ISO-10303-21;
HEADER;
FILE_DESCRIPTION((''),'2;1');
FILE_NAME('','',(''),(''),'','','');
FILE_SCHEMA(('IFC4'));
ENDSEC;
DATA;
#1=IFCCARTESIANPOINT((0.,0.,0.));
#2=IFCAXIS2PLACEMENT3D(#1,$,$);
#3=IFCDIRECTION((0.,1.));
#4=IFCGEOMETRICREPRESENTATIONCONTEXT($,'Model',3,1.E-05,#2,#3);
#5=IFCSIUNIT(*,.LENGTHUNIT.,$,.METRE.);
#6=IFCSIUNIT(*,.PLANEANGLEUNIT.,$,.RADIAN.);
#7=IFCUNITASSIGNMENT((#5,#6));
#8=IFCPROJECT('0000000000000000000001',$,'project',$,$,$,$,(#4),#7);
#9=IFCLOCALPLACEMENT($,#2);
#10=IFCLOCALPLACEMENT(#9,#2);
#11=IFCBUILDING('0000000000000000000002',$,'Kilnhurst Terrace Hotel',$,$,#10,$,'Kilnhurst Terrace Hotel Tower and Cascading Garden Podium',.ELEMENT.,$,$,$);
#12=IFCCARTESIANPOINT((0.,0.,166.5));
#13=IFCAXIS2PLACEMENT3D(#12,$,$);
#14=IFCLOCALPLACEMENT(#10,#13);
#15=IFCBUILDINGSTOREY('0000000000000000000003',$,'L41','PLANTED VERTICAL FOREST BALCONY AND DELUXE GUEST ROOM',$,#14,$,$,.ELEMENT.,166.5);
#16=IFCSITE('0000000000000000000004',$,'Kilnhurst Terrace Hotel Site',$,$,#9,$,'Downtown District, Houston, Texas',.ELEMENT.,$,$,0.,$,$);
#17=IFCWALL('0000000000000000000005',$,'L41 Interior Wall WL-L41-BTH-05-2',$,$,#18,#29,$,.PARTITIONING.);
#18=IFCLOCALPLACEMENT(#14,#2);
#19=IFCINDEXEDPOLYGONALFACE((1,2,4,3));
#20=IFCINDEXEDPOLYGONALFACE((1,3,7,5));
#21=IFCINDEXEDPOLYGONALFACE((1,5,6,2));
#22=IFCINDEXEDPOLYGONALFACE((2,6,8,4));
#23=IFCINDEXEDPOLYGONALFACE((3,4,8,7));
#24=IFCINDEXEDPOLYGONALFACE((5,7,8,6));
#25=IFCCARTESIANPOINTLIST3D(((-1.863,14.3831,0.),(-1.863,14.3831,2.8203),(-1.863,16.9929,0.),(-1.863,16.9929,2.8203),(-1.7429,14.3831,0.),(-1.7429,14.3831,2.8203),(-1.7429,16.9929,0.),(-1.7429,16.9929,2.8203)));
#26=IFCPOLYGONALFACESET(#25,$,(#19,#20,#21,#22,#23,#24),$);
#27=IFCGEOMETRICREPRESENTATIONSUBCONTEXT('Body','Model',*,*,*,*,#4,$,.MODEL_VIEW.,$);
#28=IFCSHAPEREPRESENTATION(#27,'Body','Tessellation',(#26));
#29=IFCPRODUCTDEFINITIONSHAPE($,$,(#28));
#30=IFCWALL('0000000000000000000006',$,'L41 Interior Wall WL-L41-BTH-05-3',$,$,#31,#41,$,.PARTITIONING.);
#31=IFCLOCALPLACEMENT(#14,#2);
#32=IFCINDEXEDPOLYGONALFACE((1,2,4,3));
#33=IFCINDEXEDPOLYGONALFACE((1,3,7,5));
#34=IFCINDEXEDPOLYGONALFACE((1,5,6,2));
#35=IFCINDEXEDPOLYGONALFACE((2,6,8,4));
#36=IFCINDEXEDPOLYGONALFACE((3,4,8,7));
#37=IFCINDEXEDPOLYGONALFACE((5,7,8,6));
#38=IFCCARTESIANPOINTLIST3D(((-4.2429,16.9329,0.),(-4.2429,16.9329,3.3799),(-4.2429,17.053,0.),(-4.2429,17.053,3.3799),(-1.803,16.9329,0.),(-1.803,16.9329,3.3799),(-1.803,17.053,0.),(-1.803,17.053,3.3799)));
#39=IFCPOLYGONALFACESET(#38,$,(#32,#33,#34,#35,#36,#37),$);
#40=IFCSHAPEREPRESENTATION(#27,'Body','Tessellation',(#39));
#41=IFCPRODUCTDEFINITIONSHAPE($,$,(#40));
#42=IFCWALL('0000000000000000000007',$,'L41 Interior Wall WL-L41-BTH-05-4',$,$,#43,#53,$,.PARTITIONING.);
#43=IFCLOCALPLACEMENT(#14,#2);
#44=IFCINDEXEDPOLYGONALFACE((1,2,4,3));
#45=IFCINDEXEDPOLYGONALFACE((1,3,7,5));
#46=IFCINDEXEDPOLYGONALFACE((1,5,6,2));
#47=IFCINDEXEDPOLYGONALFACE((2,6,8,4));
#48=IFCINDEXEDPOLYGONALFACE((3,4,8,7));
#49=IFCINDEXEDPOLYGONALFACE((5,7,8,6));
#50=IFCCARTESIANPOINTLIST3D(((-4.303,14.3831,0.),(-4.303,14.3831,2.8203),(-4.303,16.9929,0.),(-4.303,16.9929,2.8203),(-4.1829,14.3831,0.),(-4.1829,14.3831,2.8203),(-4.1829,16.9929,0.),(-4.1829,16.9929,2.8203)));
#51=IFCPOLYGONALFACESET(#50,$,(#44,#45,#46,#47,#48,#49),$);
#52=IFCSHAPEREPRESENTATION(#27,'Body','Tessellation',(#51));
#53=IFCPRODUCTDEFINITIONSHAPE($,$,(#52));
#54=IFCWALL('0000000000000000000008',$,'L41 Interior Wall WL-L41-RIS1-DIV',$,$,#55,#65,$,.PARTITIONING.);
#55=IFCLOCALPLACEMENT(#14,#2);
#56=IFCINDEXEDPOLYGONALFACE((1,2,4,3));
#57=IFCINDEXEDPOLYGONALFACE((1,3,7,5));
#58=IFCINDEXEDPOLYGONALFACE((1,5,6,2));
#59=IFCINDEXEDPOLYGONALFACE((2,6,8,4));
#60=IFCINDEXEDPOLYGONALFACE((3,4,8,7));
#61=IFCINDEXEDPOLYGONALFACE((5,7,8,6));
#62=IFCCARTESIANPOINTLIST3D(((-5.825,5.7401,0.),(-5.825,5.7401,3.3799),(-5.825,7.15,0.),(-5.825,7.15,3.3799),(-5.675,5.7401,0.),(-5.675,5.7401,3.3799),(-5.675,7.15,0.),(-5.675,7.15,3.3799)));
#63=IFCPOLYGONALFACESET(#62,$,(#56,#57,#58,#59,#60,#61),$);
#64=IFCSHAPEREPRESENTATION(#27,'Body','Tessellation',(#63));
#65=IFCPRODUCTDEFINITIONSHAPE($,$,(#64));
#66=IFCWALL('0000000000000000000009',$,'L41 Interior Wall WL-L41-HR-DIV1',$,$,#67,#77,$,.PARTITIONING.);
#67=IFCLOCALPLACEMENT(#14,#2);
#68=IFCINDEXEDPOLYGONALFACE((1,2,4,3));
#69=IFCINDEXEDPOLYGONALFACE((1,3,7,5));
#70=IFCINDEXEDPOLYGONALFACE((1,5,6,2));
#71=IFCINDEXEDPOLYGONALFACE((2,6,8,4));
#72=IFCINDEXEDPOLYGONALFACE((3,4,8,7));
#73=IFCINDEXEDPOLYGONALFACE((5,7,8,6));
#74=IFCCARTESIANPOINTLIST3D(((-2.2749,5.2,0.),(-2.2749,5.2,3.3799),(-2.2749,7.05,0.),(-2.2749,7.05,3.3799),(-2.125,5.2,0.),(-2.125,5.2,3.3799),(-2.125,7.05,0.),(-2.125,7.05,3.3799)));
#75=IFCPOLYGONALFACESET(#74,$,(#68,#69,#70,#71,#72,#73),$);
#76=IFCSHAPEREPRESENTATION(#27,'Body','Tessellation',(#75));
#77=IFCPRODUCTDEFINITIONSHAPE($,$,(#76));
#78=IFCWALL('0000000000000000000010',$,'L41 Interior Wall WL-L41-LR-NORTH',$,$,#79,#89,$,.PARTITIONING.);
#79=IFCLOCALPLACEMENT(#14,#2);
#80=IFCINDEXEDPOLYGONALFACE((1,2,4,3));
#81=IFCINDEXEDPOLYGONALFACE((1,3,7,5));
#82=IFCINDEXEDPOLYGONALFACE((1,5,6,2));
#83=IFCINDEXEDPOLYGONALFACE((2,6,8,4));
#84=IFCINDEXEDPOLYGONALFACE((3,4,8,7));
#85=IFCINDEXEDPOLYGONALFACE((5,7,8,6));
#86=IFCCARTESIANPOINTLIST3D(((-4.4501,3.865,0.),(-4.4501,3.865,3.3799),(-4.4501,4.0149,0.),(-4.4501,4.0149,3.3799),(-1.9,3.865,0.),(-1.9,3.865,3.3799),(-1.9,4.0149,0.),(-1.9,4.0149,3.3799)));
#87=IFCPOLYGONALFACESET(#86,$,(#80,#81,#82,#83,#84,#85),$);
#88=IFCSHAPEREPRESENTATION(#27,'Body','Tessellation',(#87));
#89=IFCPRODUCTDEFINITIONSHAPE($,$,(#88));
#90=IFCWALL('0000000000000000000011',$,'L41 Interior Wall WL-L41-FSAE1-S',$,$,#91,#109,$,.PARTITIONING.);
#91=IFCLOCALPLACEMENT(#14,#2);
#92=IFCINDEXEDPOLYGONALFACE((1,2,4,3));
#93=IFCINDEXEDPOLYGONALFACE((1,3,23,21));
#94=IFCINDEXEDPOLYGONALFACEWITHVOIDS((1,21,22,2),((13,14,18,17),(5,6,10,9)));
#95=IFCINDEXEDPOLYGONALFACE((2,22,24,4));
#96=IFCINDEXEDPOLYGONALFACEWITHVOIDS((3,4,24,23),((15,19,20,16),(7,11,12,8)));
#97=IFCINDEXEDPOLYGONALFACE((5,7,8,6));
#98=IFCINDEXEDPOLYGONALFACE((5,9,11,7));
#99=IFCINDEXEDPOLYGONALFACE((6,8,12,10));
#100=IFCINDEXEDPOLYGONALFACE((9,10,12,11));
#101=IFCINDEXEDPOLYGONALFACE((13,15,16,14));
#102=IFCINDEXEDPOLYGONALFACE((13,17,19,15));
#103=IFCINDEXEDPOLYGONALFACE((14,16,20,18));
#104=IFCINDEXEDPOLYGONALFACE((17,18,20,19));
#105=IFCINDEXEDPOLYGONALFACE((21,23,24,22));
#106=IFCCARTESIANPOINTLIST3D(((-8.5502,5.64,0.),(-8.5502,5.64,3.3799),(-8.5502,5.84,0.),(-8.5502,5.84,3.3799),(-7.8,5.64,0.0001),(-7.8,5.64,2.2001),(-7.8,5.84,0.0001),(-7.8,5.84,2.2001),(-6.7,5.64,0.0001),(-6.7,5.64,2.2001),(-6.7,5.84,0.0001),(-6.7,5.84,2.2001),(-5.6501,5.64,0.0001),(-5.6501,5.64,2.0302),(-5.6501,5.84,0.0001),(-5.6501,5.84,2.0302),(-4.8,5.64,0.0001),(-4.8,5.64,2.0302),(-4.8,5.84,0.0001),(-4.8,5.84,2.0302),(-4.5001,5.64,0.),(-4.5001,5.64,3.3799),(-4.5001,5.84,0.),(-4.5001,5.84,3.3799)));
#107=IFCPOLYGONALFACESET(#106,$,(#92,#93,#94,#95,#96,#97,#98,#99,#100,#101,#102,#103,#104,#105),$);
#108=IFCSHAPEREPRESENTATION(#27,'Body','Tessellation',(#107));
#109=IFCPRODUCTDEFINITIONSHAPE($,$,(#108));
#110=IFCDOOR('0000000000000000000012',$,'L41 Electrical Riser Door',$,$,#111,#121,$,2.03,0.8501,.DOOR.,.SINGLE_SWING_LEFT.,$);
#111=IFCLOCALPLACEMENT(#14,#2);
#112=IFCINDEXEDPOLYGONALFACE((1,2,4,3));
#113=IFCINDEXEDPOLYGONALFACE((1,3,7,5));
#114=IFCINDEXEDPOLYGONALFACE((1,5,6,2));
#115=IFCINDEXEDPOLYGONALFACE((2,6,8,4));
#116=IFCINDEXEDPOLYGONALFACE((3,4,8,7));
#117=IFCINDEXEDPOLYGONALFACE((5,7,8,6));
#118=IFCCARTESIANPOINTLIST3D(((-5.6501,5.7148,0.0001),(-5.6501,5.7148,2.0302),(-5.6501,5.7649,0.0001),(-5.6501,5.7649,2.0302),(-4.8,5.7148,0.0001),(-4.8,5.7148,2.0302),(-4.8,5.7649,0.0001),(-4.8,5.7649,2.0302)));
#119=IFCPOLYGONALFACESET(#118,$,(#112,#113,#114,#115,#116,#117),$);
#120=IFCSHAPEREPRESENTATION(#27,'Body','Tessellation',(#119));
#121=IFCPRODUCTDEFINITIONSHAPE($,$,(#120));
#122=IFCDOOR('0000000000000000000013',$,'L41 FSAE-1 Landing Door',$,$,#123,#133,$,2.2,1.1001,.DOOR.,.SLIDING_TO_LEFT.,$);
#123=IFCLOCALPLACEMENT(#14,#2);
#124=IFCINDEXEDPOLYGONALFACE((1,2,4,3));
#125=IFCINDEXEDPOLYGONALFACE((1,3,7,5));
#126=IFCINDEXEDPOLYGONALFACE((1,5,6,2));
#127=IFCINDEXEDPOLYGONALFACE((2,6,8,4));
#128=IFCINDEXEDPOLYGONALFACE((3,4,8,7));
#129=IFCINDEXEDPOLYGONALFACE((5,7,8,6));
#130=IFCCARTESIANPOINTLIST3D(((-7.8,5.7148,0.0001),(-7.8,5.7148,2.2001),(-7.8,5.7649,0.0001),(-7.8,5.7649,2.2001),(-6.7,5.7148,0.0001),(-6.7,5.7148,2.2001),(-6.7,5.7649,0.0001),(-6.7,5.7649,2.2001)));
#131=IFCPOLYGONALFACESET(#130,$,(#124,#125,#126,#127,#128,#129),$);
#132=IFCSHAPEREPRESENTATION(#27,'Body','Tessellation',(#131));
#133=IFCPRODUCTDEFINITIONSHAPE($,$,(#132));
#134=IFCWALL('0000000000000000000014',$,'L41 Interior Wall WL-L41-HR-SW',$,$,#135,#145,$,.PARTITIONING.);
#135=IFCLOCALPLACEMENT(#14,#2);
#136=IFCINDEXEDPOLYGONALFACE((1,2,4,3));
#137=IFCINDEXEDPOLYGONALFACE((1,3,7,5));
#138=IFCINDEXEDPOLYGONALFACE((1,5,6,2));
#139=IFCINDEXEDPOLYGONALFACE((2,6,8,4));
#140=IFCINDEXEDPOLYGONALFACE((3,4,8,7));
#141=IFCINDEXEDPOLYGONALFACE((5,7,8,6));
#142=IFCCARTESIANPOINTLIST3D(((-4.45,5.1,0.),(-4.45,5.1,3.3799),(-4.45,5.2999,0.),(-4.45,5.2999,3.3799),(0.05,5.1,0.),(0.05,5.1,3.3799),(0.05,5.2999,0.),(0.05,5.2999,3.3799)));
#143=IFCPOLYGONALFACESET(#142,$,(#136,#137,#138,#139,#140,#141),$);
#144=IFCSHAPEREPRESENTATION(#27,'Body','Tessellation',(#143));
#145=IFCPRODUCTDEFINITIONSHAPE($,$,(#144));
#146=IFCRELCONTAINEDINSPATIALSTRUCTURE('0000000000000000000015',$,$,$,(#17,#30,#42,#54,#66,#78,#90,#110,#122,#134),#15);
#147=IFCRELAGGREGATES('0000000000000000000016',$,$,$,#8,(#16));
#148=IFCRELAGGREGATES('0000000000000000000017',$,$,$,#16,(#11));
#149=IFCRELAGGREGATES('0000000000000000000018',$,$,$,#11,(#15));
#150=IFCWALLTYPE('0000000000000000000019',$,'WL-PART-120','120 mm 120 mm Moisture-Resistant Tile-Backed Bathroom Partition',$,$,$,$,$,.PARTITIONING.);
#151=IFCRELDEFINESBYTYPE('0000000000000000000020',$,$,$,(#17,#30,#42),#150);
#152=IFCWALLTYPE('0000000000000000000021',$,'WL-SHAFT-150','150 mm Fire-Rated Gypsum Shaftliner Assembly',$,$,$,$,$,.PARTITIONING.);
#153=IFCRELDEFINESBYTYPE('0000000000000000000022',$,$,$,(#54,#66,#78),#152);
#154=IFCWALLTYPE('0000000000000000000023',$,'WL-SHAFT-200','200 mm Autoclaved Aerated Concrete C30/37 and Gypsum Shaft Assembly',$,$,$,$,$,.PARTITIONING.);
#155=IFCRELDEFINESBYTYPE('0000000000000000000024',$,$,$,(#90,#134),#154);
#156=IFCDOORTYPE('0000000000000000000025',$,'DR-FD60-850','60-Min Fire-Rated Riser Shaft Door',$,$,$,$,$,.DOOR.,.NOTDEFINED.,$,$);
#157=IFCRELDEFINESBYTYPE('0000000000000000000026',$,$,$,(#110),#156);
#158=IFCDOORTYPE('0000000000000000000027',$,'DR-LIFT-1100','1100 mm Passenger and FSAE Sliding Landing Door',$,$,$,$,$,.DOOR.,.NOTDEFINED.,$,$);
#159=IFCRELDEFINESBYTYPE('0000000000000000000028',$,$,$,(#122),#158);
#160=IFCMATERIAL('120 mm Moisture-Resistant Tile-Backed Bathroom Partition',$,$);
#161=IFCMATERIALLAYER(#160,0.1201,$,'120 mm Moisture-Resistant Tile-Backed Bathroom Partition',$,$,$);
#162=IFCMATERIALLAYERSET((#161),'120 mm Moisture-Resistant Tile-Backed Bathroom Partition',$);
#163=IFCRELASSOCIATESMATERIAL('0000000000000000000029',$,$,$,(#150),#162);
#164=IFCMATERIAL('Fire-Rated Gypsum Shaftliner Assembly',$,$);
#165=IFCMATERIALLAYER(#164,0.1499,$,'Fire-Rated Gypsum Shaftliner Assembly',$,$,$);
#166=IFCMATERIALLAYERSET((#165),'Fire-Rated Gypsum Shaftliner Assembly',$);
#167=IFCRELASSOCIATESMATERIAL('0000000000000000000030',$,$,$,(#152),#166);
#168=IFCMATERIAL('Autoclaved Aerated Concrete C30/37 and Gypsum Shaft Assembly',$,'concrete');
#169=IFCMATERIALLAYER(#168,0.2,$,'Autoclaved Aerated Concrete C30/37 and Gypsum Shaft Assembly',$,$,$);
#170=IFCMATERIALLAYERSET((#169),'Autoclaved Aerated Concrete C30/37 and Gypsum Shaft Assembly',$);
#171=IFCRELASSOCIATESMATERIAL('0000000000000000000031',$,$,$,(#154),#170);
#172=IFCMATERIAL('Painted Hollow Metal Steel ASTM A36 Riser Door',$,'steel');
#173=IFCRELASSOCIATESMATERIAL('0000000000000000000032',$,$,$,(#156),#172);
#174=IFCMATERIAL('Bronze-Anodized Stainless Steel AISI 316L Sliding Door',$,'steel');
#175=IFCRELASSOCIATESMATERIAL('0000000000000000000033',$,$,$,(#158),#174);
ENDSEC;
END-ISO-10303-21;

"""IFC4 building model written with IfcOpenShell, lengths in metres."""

from ifc_helpers import new_model, si_unit, direction, frame, frame_2d, origin, place, context, subcontext, project, spatial, rectangle, extrude, material, layer, layer_set, type_object, element, fill, save


model = new_model("IFC4")

# Units and contexts
model_context = context("Model", 3, precision=1e-05, world=origin(), true_north=direction((0.0, 1.0)))
body_context = subcontext(model_context, "Body", "Model", "MODEL_VIEW")
ifc_project = project(units=[si_unit("LENGTHUNIT", "METRE"), si_unit("PLANEANGLEUNIT", "RADIAN")], contexts=[model_context])

# Site, building, storey
site_placement = place(None, origin())
site = spatial("IfcSite", under=ifc_project, at=site_placement, Name="Kilnhurst Terrace Hotel Site", LongName="Downtown District, Houston, Texas", CompositionType="ELEMENT", RefElevation=0.0)
building_placement = place(site_placement, origin())
building = spatial("IfcBuilding", under=site, at=building_placement, Name="Kilnhurst Terrace Hotel", LongName="Kilnhurst Terrace Hotel Tower and Cascading Garden Podium", CompositionType="ELEMENT")
storey_placement = place(building_placement, frame((0.0, 0.0, 166.5)))
storey = spatial("IfcBuildingStorey", under=building, at=storey_placement, Name="L41", Description="PLANTED VERTICAL FOREST BALCONY AND DELUXE GUEST ROOM", CompositionType="ELEMENT", Elevation=166.5)

# Shared definitions
ifc_material_1 = material(Name="120 mm Moisture-Resistant Tile-Backed Bathroom Partition")
ifc_layer_1 = layer(ifc_material_1, 0.1201, Name="120 mm Moisture-Resistant Tile-Backed Bathroom Partition")
ifc_layer_set_1 = layer_set([ifc_layer_1], Name="120 mm Moisture-Resistant Tile-Backed Bathroom Partition")
wall_type_1 = type_object("IfcWallType", Name="WL-PART-120", Description="120 mm 120 mm Moisture-Resistant Tile-Backed Bathroom Partition", PredefinedType="PARTITIONING", material=ifc_layer_set_1)

# Walls
wall_1_placement = place(storey_placement, frame((-1.803, 14.3831, 0.0), z_axis=(0.0, 0.0, 1.0), x_axis=(0.0, 1.0, 0.0)))
element("IfcWall", 1, at=wall_1_placement, inside=storey, type_object=wall_type_1, Name="L41 Interior Wall WL-L41-BTH-05-2", PredefinedType="PARTITIONING", context=body_context, shape_type="SweptSolid", body=[
    extrude(rectangle(XDim=2.6099, YDim=0.1201, at=frame_2d((1.3049, 0.0))), origin(), (0.0, 0.0, 1.0), 2.8203),
])
wall_2_placement = place(storey_placement, frame((-1.803, 16.9929, 0.0), z_axis=(0.0, 0.0, 1.0), x_axis=(-1.0, 0.0, 0.0)))
element("IfcWall", 2, at=wall_2_placement, inside=storey, type_object=wall_type_1, Name="L41 Interior Wall WL-L41-BTH-05-3", PredefinedType="PARTITIONING", context=body_context, shape_type="SweptSolid", body=[
    extrude(rectangle(XDim=2.4399, YDim=0.1201, at=frame_2d((1.22, 0.0))), origin(), (0.0, 0.0, 1.0), 3.3799),
])
wall_3_placement = place(storey_placement, frame((-4.2429, 16.9929, 0.0), z_axis=(0.0, 0.0, 1.0), x_axis=(0.0, -1.0, 0.0)))
element("IfcWall", 3, at=wall_3_placement, inside=storey, type_object=wall_type_1, Name="L41 Interior Wall WL-L41-BTH-05-4", PredefinedType="PARTITIONING", context=body_context, shape_type="SweptSolid", body=[
    extrude(rectangle(XDim=2.6099, YDim=0.1201, at=frame_2d((1.3049, 0.0))), origin(), (0.0, 0.0, 1.0), 2.8203),
])
ifc_material_2 = material(Name="Fire-Rated Gypsum Shaftliner Assembly")
ifc_layer_2 = layer(ifc_material_2, 0.1499, Name="Fire-Rated Gypsum Shaftliner Assembly")
ifc_layer_set_2 = layer_set([ifc_layer_2], Name="Fire-Rated Gypsum Shaftliner Assembly")
wall_type_2 = type_object("IfcWallType", Name="WL-SHAFT-150", Description="150 mm Fire-Rated Gypsum Shaftliner Assembly", PredefinedType="PARTITIONING", material=ifc_layer_set_2)
wall_4_placement = place(storey_placement, frame((-5.75, 5.74, 0.0), z_axis=(0.0, 0.0, 1.0), x_axis=(0.0, 1.0, 0.0)))
element("IfcWall", 4, at=wall_4_placement, inside=storey, type_object=wall_type_2, Name="L41 Interior Wall WL-L41-RIS1-DIV", PredefinedType="PARTITIONING", context=body_context, shape_type="SweptSolid", body=[
    extrude(rectangle(XDim=1.4099, YDim=0.1499, at=frame_2d((0.7051, 0.0))), origin(), (0.0, 0.0, 1.0), 3.3799),
])
wall_5_placement = place(storey_placement, frame((-2.2, 5.2, 0.0), z_axis=(0.0, 0.0, 1.0), x_axis=(0.0, 1.0, 0.0)))
element("IfcWall", 5, at=wall_5_placement, inside=storey, type_object=wall_type_2, Name="L41 Interior Wall WL-L41-HR-DIV1", PredefinedType="PARTITIONING", context=body_context, shape_type="SweptSolid", body=[
    extrude(rectangle(XDim=1.8501, YDim=0.1499, at=frame_2d((0.925, 0.0))), origin(), (0.0, 0.0, 1.0), 3.3799),
])
wall_6_placement = place(storey_placement, frame((-4.45, 3.9399, 0.0), z_axis=(0.0, 0.0, 1.0), x_axis=(1.0, 0.0, 0.0)))
element("IfcWall", 6, at=wall_6_placement, inside=storey, type_object=wall_type_2, Name="L41 Interior Wall WL-L41-LR-NORTH", PredefinedType="PARTITIONING", context=body_context, shape_type="SweptSolid", body=[
    extrude(rectangle(XDim=2.55, YDim=0.1499, at=frame_2d((1.2749, 0.0))), origin(), (0.0, 0.0, 1.0), 3.3799),
])

# Wall, openings, doors
ifc_material_3 = material(Name="Autoclaved Aerated Concrete C30/37 and Gypsum Shaft Assembly", Category="concrete")
ifc_layer_3 = layer(ifc_material_3, 0.2, Name="Autoclaved Aerated Concrete C30/37 and Gypsum Shaft Assembly")
ifc_layer_set_3 = layer_set([ifc_layer_3], Name="Autoclaved Aerated Concrete C30/37 and Gypsum Shaft Assembly")
wall_type_3 = type_object("IfcWallType", Name="WL-SHAFT-200", Description="200 mm Autoclaved Aerated Concrete C30/37 and Gypsum Shaft Assembly", PredefinedType="PARTITIONING", material=ifc_layer_set_3)
wall_7_placement = place(storey_placement, frame((-8.55, 5.74, 0.0), z_axis=(0.0, 0.0, 1.0), x_axis=(1.0, 0.0, 0.0)))
wall_7 = element("IfcWall", 7, at=wall_7_placement, inside=storey, type_object=wall_type_3, Name="L41 Interior Wall WL-L41-FSAE1-S", PredefinedType="PARTITIONING", context=body_context, shape_type="SweptSolid", body=[
    extrude(rectangle(XDim=4.05, YDim=0.2, at=frame_2d((2.0249, 0.0))), origin(), (0.0, 0.0, 1.0), 3.3799),
])
opening_1_placement = place(wall_7_placement, frame((0.75, 0.0, 0.0)))
opening_1 = element("IfcOpeningElement", 8, at=opening_1_placement, cuts=wall_7, PredefinedType="OPENING", context=body_context, shape_type="SweptSolid", body=[
    extrude(rectangle(XDim=1.1001, YDim=2.2, at=frame_2d((0.55, 1.1001))), frame((0.0, 0.1099, 0.0), z_axis=(0.0, -1.0, 0.0), x_axis=(1.0, 0.0, 0.0)), (0.0, 0.0, 1.0), 0.22),
])
opening_2_placement = place(wall_7_placement, frame((2.8999, 0.0, 0.0)))
opening_2 = element("IfcOpeningElement", 9, at=opening_2_placement, cuts=wall_7, PredefinedType="OPENING", context=body_context, shape_type="SweptSolid", body=[
    extrude(rectangle(XDim=0.8501, YDim=2.03, at=frame_2d((0.425, 1.0151))), frame((0.0, 0.1099, 0.0), z_axis=(0.0, -1.0, 0.0), x_axis=(1.0, 0.0, 0.0)), (0.0, 0.0, 1.0), 0.22),
])
ifc_material_4 = material(Name="Painted Hollow Metal Steel ASTM A36 Riser Door", Category="steel")
door_type_1 = type_object("IfcDoorType", Name="DR-FD60-850", Description="60-Min Fire-Rated Riser Shaft Door", OperationType="NOTDEFINED", PredefinedType="DOOR", material=ifc_material_4)
door_1_placement = place(opening_2_placement, origin())
door_1 = element("IfcDoor", 10, at=door_1_placement, inside=storey, type_object=door_type_1, Name="L41 Electrical Riser Door", OperationType="SINGLE_SWING_LEFT", OverallHeight=2.03, OverallWidth=0.8501, PredefinedType="DOOR", context=body_context, shape_type="SweptSolid", body=[
    extrude(rectangle(XDim=0.8501, YDim=2.03, at=frame_2d((0.425, 1.0151))), frame((0.0, 0.0249, 0.0), z_axis=(0.0, -1.0, 0.0), x_axis=(1.0, 0.0, 0.0)), (0.0, 0.0, 1.0), 0.05),
])
fill(opening_2, door_1)
ifc_material_5 = material(Name="Bronze-Anodized Stainless Steel AISI 316L Sliding Door", Category="steel")
door_type_2 = type_object("IfcDoorType", Name="DR-LIFT-1100", Description="1100 mm Passenger and FSAE Sliding Landing Door", OperationType="NOTDEFINED", PredefinedType="DOOR", material=ifc_material_5)
door_2_placement = place(opening_1_placement, origin())
door_2 = element("IfcDoor", 11, at=door_2_placement, inside=storey, type_object=door_type_2, Name="L41 FSAE-1 Landing Door", OperationType="SLIDING_TO_LEFT", OverallHeight=2.2, OverallWidth=1.1001, PredefinedType="DOOR", context=body_context, shape_type="SweptSolid", body=[
    extrude(rectangle(XDim=1.1001, YDim=2.2, at=frame_2d((0.55, 1.1001))), frame((0.0, 0.0249, 0.0), z_axis=(0.0, -1.0, 0.0), x_axis=(1.0, 0.0, 0.0)), (0.0, 0.0, 1.0), 0.05),
])
fill(opening_1, door_2)

# Wall
wall_8_placement = place(storey_placement, frame((-4.45, 5.2, 0.0), z_axis=(0.0, 0.0, 1.0), x_axis=(1.0, 0.0, 0.0)))
element("IfcWall", 12, at=wall_8_placement, inside=storey, type_object=wall_type_3, Name="L41 Interior Wall WL-L41-HR-SW", PredefinedType="PARTITIONING", context=body_context, shape_type="SweptSolid", body=[
    extrude(rectangle(XDim=4.5, YDim=0.2, at=frame_2d((2.25, 0.0))), origin(), (0.0, 0.0, 1.0), 3.3799),
])

save(model, "model.ifc")
